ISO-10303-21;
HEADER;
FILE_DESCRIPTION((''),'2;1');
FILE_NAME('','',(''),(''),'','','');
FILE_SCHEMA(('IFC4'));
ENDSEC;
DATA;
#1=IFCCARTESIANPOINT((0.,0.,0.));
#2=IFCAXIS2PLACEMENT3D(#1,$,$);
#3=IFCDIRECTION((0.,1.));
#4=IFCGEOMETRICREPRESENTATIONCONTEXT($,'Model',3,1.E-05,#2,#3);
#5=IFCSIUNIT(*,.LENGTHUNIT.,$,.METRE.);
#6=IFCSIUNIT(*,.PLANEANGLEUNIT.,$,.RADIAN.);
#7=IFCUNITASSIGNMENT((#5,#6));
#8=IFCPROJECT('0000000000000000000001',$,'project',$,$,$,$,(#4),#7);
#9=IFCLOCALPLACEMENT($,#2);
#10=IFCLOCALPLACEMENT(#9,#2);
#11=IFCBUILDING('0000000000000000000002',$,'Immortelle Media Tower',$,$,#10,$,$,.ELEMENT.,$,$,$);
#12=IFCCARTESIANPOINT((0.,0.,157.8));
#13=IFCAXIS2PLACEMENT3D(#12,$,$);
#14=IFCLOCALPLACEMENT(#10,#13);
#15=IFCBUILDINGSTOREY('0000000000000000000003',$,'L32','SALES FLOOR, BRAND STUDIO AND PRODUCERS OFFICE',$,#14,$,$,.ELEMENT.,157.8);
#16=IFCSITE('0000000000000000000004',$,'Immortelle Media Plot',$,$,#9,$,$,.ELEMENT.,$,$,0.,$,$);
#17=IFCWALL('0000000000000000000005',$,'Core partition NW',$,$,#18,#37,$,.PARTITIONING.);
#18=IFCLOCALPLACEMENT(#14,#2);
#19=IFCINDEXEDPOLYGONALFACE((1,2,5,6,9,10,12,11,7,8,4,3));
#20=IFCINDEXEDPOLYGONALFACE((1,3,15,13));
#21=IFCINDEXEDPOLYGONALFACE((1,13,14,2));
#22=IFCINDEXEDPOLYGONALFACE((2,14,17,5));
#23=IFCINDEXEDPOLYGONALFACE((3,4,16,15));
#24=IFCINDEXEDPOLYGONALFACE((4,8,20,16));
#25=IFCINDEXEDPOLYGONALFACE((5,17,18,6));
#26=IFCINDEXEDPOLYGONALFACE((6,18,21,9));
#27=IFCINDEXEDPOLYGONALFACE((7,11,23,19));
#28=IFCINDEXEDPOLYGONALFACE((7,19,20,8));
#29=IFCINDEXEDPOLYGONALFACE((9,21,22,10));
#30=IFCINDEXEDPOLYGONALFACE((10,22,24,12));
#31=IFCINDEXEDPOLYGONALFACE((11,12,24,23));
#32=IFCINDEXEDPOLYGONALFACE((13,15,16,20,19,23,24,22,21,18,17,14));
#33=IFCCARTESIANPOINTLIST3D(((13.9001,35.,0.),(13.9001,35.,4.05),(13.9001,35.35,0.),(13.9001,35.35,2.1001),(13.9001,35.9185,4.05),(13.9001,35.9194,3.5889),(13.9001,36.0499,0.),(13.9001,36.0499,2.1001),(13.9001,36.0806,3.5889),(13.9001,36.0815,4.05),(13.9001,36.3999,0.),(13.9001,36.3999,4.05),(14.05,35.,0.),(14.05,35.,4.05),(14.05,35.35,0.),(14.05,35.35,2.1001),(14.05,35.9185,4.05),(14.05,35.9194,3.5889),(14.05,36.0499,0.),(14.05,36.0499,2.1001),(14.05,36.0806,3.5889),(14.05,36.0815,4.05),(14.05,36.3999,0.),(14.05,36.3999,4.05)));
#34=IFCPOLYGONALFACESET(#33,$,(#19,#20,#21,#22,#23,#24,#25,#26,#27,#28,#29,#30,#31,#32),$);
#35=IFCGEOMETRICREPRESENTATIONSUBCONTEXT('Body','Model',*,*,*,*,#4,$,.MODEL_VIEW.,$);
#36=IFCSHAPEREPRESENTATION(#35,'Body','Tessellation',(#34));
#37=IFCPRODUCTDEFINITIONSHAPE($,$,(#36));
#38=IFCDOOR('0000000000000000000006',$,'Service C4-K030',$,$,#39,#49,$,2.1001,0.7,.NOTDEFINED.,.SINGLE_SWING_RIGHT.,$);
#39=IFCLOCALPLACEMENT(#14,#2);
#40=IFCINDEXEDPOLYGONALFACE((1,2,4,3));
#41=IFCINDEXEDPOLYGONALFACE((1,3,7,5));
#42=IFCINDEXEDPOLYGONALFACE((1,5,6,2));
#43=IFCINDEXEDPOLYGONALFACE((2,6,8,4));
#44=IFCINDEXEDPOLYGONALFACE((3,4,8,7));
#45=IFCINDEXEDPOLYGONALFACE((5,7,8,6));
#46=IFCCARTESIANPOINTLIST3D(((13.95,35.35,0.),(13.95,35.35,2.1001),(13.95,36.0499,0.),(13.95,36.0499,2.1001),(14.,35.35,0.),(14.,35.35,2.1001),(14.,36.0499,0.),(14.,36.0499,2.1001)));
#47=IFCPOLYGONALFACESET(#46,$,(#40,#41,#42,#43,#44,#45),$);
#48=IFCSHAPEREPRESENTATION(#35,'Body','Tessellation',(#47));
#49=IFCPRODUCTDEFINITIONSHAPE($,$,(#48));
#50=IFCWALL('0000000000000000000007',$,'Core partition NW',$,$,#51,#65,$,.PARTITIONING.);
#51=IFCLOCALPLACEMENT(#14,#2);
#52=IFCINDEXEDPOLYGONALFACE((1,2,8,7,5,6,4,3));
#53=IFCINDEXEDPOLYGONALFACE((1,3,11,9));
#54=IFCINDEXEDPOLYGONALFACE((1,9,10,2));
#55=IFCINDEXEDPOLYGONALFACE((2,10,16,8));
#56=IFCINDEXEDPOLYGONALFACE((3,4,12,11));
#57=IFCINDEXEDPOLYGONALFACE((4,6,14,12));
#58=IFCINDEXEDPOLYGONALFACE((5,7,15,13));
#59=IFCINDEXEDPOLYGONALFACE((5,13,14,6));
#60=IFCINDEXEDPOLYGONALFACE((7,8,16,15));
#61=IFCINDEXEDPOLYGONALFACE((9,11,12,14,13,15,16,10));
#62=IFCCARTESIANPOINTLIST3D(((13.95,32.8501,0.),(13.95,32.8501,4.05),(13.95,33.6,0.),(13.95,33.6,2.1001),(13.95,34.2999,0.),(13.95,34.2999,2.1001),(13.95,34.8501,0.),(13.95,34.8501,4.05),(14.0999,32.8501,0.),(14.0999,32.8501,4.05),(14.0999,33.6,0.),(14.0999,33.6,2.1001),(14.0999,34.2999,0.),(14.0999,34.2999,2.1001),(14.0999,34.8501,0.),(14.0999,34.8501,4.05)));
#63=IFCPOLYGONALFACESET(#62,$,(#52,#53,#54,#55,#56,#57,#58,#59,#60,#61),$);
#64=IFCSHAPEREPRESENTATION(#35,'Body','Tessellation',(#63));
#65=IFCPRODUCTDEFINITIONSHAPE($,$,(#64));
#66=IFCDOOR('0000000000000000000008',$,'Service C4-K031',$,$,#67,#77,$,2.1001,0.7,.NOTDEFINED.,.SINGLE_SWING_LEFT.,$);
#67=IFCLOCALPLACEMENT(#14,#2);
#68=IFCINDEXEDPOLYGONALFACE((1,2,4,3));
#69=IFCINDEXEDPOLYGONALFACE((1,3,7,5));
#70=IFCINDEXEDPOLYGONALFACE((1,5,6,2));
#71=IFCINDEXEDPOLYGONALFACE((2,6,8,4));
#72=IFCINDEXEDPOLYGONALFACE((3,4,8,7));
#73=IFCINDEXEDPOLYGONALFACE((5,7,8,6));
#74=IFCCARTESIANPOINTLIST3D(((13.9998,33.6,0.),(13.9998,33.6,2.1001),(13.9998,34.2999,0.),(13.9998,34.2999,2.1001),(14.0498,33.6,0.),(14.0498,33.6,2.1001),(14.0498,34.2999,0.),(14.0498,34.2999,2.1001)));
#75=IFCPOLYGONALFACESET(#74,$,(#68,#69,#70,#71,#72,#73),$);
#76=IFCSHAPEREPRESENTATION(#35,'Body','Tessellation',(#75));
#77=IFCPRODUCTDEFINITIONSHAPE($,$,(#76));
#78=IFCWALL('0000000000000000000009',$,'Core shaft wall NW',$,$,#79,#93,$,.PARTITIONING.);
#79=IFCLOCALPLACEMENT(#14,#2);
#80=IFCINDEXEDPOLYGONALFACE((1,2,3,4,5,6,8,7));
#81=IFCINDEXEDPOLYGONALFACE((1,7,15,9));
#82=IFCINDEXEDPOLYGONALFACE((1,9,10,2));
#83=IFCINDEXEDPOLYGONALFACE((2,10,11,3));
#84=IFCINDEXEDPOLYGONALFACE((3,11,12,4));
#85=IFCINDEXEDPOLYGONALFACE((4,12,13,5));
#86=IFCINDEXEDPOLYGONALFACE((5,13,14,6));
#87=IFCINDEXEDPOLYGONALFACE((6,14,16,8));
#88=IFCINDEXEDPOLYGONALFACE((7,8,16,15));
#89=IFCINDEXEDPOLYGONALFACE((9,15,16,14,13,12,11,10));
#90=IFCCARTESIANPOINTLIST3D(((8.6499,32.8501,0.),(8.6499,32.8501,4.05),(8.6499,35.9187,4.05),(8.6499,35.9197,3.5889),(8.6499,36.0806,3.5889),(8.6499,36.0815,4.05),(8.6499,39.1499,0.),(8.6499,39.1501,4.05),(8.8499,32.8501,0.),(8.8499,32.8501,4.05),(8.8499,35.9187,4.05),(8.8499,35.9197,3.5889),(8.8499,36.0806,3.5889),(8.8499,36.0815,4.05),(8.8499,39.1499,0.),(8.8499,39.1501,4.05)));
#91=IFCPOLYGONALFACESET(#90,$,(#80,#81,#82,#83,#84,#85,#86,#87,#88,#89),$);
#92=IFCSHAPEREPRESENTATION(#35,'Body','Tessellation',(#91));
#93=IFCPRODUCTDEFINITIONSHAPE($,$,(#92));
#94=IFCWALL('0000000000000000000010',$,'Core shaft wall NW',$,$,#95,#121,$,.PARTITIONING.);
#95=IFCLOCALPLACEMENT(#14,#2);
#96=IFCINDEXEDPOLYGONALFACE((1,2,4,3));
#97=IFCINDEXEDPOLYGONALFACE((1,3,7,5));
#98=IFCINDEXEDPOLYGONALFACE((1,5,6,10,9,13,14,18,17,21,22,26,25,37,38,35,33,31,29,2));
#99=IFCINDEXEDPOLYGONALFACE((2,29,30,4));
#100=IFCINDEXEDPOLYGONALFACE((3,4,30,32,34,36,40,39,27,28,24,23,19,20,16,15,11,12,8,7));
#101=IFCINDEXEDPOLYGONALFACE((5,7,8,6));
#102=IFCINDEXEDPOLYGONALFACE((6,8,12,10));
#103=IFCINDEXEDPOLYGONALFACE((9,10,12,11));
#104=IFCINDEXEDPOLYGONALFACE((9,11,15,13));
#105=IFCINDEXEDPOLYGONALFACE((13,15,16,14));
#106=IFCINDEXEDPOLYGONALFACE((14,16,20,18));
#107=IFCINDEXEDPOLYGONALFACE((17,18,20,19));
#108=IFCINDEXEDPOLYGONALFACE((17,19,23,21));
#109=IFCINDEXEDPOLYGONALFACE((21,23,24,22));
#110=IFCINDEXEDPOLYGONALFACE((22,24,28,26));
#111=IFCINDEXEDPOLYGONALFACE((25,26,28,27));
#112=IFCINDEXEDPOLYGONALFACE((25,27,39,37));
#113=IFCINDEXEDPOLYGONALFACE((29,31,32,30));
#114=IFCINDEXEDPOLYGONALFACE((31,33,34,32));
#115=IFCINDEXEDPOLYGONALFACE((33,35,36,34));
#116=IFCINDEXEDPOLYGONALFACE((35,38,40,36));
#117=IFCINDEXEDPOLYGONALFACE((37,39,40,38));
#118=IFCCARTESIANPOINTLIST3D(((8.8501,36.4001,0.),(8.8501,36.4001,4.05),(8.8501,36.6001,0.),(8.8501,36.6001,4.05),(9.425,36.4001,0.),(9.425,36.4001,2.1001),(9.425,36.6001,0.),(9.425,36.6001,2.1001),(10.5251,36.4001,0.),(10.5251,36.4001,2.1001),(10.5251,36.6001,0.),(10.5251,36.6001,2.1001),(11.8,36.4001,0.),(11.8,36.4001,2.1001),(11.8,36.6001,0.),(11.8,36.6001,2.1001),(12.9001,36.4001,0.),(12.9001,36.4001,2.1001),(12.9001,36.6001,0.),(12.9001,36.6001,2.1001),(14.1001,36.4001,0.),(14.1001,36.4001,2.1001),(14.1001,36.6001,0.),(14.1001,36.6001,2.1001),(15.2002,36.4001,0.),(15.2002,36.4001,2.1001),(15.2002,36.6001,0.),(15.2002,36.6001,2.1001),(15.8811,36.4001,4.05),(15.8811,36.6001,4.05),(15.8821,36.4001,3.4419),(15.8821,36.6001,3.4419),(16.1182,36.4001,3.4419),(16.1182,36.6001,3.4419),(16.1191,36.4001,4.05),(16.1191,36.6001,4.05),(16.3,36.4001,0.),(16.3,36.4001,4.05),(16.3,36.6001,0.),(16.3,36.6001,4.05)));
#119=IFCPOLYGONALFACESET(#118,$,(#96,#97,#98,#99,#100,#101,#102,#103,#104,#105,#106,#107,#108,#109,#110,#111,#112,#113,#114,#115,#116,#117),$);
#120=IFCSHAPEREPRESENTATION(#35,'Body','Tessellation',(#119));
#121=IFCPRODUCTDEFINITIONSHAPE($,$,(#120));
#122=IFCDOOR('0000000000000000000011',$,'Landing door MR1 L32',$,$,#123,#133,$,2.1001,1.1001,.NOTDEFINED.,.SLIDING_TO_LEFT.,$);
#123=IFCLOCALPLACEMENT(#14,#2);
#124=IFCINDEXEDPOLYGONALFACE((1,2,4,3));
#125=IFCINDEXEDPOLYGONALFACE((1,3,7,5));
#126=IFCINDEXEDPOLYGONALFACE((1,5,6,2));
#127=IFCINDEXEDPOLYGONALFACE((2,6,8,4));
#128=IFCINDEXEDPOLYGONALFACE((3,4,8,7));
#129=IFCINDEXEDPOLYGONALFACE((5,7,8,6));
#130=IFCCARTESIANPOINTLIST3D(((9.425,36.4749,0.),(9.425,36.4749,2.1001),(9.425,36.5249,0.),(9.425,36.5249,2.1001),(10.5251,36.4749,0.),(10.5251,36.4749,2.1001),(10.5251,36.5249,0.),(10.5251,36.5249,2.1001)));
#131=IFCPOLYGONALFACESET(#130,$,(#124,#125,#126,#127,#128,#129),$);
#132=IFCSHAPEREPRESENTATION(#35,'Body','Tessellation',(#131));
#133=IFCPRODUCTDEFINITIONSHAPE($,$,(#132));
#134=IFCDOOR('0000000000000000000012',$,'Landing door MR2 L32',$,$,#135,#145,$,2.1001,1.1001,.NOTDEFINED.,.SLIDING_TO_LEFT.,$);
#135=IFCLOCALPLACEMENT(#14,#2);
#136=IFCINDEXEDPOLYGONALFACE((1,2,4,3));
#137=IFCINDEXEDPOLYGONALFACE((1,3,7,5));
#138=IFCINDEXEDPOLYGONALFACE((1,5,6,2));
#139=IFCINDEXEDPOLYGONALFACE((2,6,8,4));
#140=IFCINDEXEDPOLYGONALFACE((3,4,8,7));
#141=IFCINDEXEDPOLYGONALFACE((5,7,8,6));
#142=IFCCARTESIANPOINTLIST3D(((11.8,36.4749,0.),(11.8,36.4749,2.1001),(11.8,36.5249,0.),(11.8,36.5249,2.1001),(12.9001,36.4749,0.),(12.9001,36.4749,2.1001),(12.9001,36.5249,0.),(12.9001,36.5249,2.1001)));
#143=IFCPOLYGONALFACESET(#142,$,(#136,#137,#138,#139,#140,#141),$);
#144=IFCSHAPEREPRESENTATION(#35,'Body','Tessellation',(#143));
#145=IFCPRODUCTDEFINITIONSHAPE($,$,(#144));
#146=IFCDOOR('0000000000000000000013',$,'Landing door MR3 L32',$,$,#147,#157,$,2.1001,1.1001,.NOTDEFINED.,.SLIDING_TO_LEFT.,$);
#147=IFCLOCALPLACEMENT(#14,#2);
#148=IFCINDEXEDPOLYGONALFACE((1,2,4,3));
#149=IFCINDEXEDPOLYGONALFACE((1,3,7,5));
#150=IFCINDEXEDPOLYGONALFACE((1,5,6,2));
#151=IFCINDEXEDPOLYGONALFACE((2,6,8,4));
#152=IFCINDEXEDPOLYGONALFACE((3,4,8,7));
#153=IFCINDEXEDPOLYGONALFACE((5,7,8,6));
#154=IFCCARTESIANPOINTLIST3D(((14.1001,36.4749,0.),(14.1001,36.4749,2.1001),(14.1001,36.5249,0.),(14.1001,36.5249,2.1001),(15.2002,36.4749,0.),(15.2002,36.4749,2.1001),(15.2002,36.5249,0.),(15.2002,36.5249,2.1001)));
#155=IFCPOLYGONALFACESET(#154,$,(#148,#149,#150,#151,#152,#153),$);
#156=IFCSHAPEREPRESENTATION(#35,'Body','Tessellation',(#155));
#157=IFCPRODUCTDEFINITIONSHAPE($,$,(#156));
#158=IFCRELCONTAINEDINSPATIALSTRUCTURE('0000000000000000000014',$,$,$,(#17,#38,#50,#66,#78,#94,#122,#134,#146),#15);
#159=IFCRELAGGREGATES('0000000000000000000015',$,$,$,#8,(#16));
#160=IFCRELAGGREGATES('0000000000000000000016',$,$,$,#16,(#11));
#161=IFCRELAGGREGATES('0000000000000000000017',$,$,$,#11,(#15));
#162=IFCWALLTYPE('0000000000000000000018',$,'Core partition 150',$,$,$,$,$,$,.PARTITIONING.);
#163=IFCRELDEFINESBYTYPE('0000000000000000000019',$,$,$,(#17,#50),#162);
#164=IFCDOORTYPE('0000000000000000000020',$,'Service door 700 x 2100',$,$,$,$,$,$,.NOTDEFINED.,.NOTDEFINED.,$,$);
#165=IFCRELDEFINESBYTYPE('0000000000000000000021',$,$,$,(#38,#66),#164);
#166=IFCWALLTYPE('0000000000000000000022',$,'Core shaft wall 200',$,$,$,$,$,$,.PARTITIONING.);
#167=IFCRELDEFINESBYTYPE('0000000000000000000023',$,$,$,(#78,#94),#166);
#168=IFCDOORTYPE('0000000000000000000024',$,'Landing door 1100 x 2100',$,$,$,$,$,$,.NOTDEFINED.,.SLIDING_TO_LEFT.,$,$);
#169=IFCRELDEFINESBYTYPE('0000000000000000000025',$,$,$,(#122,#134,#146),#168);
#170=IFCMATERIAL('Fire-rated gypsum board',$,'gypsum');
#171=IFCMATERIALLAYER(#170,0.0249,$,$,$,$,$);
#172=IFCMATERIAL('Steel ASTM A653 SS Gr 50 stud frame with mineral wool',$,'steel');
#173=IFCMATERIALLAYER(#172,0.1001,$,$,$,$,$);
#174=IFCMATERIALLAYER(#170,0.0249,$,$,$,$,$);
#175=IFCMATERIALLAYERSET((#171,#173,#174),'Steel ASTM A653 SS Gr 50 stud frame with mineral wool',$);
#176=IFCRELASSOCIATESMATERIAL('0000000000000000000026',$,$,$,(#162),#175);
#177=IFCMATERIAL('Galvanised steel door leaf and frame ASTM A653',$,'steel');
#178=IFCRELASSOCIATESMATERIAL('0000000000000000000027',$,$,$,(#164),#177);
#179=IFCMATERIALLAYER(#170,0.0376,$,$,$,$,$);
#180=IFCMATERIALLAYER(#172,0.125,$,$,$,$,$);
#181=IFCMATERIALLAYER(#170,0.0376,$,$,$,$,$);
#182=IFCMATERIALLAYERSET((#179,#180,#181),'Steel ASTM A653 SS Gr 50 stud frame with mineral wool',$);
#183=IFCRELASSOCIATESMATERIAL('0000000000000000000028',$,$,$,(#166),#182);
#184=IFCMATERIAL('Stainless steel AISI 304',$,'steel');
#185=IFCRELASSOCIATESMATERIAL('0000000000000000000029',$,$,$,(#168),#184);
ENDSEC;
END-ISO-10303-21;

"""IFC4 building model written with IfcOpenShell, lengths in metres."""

from ifc_helpers import new_model, si_unit, direction, frame, frame_2d, origin, place, context, subcontext, project, spatial, polyline, rectangle, outline, extrude, material, layer, layer_set, type_object, element, fill, save


model = new_model("IFC4")

# Units and contexts
model_context = context("Model", 3, precision=1e-05, world=origin(), true_north=direction((0.0, 1.0)))
body_context = subcontext(model_context, "Body", "Model", "MODEL_VIEW")
ifc_project = project(units=[si_unit("LENGTHUNIT", "METRE"), si_unit("PLANEANGLEUNIT", "RADIAN")], contexts=[model_context])

# Site, building, storey
site_placement = place(None, origin())
site = spatial("IfcSite", under=ifc_project, at=site_placement, Name="Immortelle Media Plot", CompositionType="ELEMENT", RefElevation=0.0)
building_placement = place(site_placement, origin())
building = spatial("IfcBuilding", under=site, at=building_placement, Name="Immortelle Media Tower", CompositionType="ELEMENT")
storey_placement = place(building_placement, frame((0.0, 0.0, 157.8)))
storey = spatial("IfcBuildingStorey", under=building, at=storey_placement, Name="L32", Description="SALES FLOOR, BRAND STUDIO AND PRODUCERS OFFICE", CompositionType="ELEMENT", Elevation=157.8)

# Shared definitions
ifc_material_1 = material(Name="Fire-rated gypsum board", Category="gypsum")
ifc_material_2 = material(Name="Steel ASTM A653 SS Gr 50 stud frame with mineral wool", Category="steel")
ifc_layer_1 = layer(ifc_material_1, 0.0249)
ifc_layer_2 = layer(ifc_material_2, 0.1001)
ifc_layer_3 = layer(ifc_material_1, 0.0249)
ifc_layer_set_1 = layer_set([ifc_layer_1, ifc_layer_2, ifc_layer_3], Name="Steel ASTM A653 SS Gr 50 stud frame with mineral wool")
wall_type_1 = type_object("IfcWallType", Name="Core partition 150", PredefinedType="PARTITIONING", material=ifc_layer_set_1)

# Shared definitions
ifc_material_3 = material(Name="Galvanised steel door leaf and frame ASTM A653", Category="steel")
door_type_1 = type_object("IfcDoorType", Name="Service door 700 x 2100", OperationType="NOTDEFINED", PredefinedType="NOTDEFINED", material=ifc_material_3)

# Walls, openings, doors
wall_1_placement = place(storey_placement, frame((13.9751, 35.0, 0.0), z_axis=(0.0, 0.0, 1.0), x_axis=(0.0, 1.0, 0.0)))
wall_1 = element("IfcWall", 1, at=wall_1_placement, inside=storey, type_object=wall_type_1, Name="Core partition NW", PredefinedType="PARTITIONING", context=body_context, shape_type="SweptSolid", body=[
    extrude(outline(polyline([(0.0, 0.0), (1.3999, 0.0), (1.3999, 4.05), (1.0815, 4.05), (1.0806, 3.5889), (0.9194, 3.5889), (0.9185, 4.05), (0.0, 4.05), (0.0, 0.0)])), frame((0.0, 0.075, 0.0), z_axis=(0.0, -1.0, 0.0), x_axis=(1.0, 0.0, 0.0)), (0.0, 0.0, 1.0), 0.1499),
])
opening_1_placement = place(wall_1_placement, frame((1.05, 0.0, 0.0), z_axis=(0.0, 0.0, 1.0), x_axis=(-1.0, 0.0, 0.0)))
opening_1 = element("IfcOpeningElement", 2, at=opening_1_placement, cuts=wall_1, PredefinedType="OPENING", context=body_context, shape_type="SweptSolid", body=[
    extrude(rectangle(XDim=0.7, YDim=2.1001, at=frame_2d((0.3501, 1.05))), frame((0.0, 0.085, 0.0), z_axis=(0.0, -1.0, 0.0), x_axis=(1.0, 0.0, 0.0)), (0.0, 0.0, 1.0), 0.1699),
])
door_1_placement = place(opening_1_placement, origin())
door_1 = element("IfcDoor", 3, at=door_1_placement, inside=storey, type_object=door_type_1, Name="Service C4-K030", OperationType="SINGLE_SWING_RIGHT", OverallHeight=2.1001, OverallWidth=0.7, PredefinedType="NOTDEFINED", context=body_context, shape_type="SweptSolid", body=[
    extrude(rectangle(XDim=0.7, YDim=2.1001, at=frame_2d((0.3501, 1.05))), frame((0.0, 0.0249, 0.0), z_axis=(0.0, -1.0, 0.0), x_axis=(1.0, 0.0, 0.0)), (0.0, 0.0, 1.0), 0.05),
])
fill(opening_1, door_1)
wall_2_placement = place(storey_placement, frame((14.0249, 32.8501, 0.0), z_axis=(0.0, 0.0, 1.0), x_axis=(0.0, 1.0, 0.0)))
wall_2 = element("IfcWall", 4, at=wall_2_placement, inside=storey, type_object=wall_type_1, Name="Core partition NW", PredefinedType="PARTITIONING", context=body_context, shape_type="SweptSolid", body=[
    extrude(rectangle(XDim=2.0, YDim=0.1499, at=frame_2d((1.0, 0.0))), origin(), (0.0, 0.0, 1.0), 4.05),
])
opening_2_placement = place(wall_2_placement, frame((1.45, 0.0, 0.0), z_axis=(0.0, 0.0, 1.0), x_axis=(-1.0, 0.0, 0.0)))
opening_2 = element("IfcOpeningElement", 5, at=opening_2_placement, cuts=wall_2, PredefinedType="OPENING", context=body_context, shape_type="SweptSolid", body=[
    extrude(rectangle(XDim=0.7, YDim=2.1001, at=frame_2d((0.3501, 1.05))), frame((0.0, 0.085, 0.0), z_axis=(0.0, -1.0, 0.0), x_axis=(1.0, 0.0, 0.0)), (0.0, 0.0, 1.0), 0.1699),
])
door_2_placement = place(opening_2_placement, origin())
door_2 = element("IfcDoor", 6, at=door_2_placement, inside=storey, type_object=door_type_1, Name="Service C4-K031", OperationType="SINGLE_SWING_LEFT", OverallHeight=2.1001, OverallWidth=0.7, PredefinedType="NOTDEFINED", context=body_context, shape_type="SweptSolid", body=[
    extrude(rectangle(XDim=0.7, YDim=2.1001, at=frame_2d((0.3501, 1.05))), frame((0.0, 0.0249, 0.0), z_axis=(0.0, -1.0, 0.0), x_axis=(1.0, 0.0, 0.0)), (0.0, 0.0, 1.0), 0.05),
])
fill(opening_2, door_2)

# Wall
ifc_layer_4 = layer(ifc_material_1, 0.0376)
ifc_layer_5 = layer(ifc_material_2, 0.125)
ifc_layer_6 = layer(ifc_material_1, 0.0376)
ifc_layer_set_2 = layer_set([ifc_layer_4, ifc_layer_5, ifc_layer_6], Name="Steel ASTM A653 SS Gr 50 stud frame with mineral wool")
wall_type_2 = type_object("IfcWallType", Name="Core shaft wall 200", PredefinedType="PARTITIONING", material=ifc_layer_set_2)
wall_3_placement = place(storey_placement, frame((8.75, 32.8501, 0.0), z_axis=(0.0, 0.0, 1.0), x_axis=(0.0, 1.0, 0.0)))
element("IfcWall", 7, at=wall_3_placement, inside=storey, type_object=wall_type_2, Name="Core shaft wall NW", PredefinedType="PARTITIONING", context=body_context, shape_type="SweptSolid", body=[
    extrude(outline(polyline([(0.0, 0.0), (6.2998, 0.0), (6.3, 4.05), (3.2314, 4.05), (3.2305, 3.5889), (3.0696, 3.5889), (3.0686, 4.05), (0.0, 4.05), (0.0, 0.0)])), frame((0.0, 0.1001, 0.0), z_axis=(0.0, -1.0, 0.0), x_axis=(1.0, 0.0, 0.0)), (0.0, 0.0, 1.0), 0.2),
])

# Wall, openings, doors
wall_4_placement = place(storey_placement, frame((8.8501, 36.5, 0.0), z_axis=(0.0, 0.0, 1.0), x_axis=(1.0, 0.0, 0.0)))
wall_4 = element("IfcWall", 8, at=wall_4_placement, inside=storey, type_object=wall_type_2, Name="Core shaft wall NW", PredefinedType="PARTITIONING", context=body_context, shape_type="SweptSolid", body=[
    extrude(outline(polyline([(0.0, 0.0), (7.45, 0.0), (7.45, 4.05), (7.269, 4.05), (7.2681, 3.4419), (7.032, 3.4419), (7.031, 4.05), (0.0, 4.05), (0.0, 0.0)])), frame((0.0, 0.1001, 0.0), z_axis=(0.0, -1.0, 0.0), x_axis=(1.0, 0.0, 0.0)), (0.0, 0.0, 1.0), 0.2),
])
opening_3_placement = place(wall_4_placement, frame((0.575, 0.0, 0.0)))
opening_3 = element("IfcOpeningElement", 9, at=opening_3_placement, cuts=wall_4, PredefinedType="OPENING", context=body_context, shape_type="SweptSolid", body=[
    extrude(rectangle(XDim=1.1001, YDim=2.1001, at=frame_2d((0.55, 1.05))), frame((0.0, 0.1099, 0.0), z_axis=(0.0, -1.0, 0.0), x_axis=(1.0, 0.0, 0.0)), (0.0, 0.0, 1.0), 0.22),
])
opening_4_placement = place(wall_4_placement, frame((2.95, 0.0, 0.0)))
opening_4 = element("IfcOpeningElement", 10, at=opening_4_placement, cuts=wall_4, PredefinedType="OPENING", context=body_context, shape_type="SweptSolid", body=[
    extrude(rectangle(XDim=1.1001, YDim=2.1001, at=frame_2d((0.55, 1.05))), frame((0.0, 0.1099, 0.0), z_axis=(0.0, -1.0, 0.0), x_axis=(1.0, 0.0, 0.0)), (0.0, 0.0, 1.0), 0.22),
])
opening_5_placement = place(wall_4_placement, frame((5.25, 0.0, 0.0)))
opening_5 = element("IfcOpeningElement", 11, at=opening_5_placement, cuts=wall_4, PredefinedType="OPENING", context=body_context, shape_type="SweptSolid", body=[
    extrude(rectangle(XDim=1.1001, YDim=2.1001, at=frame_2d((0.55, 1.05))), frame((0.0, 0.1099, 0.0), z_axis=(0.0, -1.0, 0.0), x_axis=(1.0, 0.0, 0.0)), (0.0, 0.0, 1.0), 0.22),
])
ifc_material_4 = material(Name="Stainless steel AISI 304", Category="steel")
door_type_2 = type_object("IfcDoorType", Name="Landing door 1100 x 2100", OperationType="SLIDING_TO_LEFT", PredefinedType="NOTDEFINED", material=ifc_material_4)
door_3_placement = place(opening_3_placement, origin())
door_3 = element("IfcDoor", 12, at=door_3_placement, inside=storey, type_object=door_type_2, Name="Landing door MR1 L32", OperationType="SLIDING_TO_LEFT", OverallHeight=2.1001, OverallWidth=1.1001, PredefinedType="NOTDEFINED", context=body_context, shape_type="SweptSolid", body=[
    extrude(rectangle(XDim=1.1001, YDim=2.1001, at=frame_2d((0.55, 1.05))), frame((0.0, 0.0249, 0.0), z_axis=(0.0, -1.0, 0.0), x_axis=(1.0, 0.0, 0.0)), (0.0, 0.0, 1.0), 0.05),
])
fill(opening_3, door_3)
door_4_placement = place(opening_4_placement, origin())
door_4 = element("IfcDoor", 13, at=door_4_placement, inside=storey, type_object=door_type_2, Name="Landing door MR2 L32", OperationType="SLIDING_TO_LEFT", OverallHeight=2.1001, OverallWidth=1.1001, PredefinedType="NOTDEFINED", context=body_context, shape_type="SweptSolid", body=[
    extrude(rectangle(XDim=1.1001, YDim=2.1001, at=frame_2d((0.55, 1.05))), frame((0.0, 0.0249, 0.0), z_axis=(0.0, -1.0, 0.0), x_axis=(1.0, 0.0, 0.0)), (0.0, 0.0, 1.0), 0.05),
])
fill(opening_4, door_4)
door_5_placement = place(opening_5_placement, origin())
door_5 = element("IfcDoor", 14, at=door_5_placement, inside=storey, type_object=door_type_2, Name="Landing door MR3 L32", OperationType="SLIDING_TO_LEFT", OverallHeight=2.1001, OverallWidth=1.1001, PredefinedType="NOTDEFINED", context=body_context, shape_type="SweptSolid", body=[
    extrude(rectangle(XDim=1.1001, YDim=2.1001, at=frame_2d((0.55, 1.05))), frame((0.0, 0.0249, 0.0), z_axis=(0.0, -1.0, 0.0), x_axis=(1.0, 0.0, 0.0)), (0.0, 0.0, 1.0), 0.05),
])
fill(opening_5, door_5)

save(model, "model.ifc")
